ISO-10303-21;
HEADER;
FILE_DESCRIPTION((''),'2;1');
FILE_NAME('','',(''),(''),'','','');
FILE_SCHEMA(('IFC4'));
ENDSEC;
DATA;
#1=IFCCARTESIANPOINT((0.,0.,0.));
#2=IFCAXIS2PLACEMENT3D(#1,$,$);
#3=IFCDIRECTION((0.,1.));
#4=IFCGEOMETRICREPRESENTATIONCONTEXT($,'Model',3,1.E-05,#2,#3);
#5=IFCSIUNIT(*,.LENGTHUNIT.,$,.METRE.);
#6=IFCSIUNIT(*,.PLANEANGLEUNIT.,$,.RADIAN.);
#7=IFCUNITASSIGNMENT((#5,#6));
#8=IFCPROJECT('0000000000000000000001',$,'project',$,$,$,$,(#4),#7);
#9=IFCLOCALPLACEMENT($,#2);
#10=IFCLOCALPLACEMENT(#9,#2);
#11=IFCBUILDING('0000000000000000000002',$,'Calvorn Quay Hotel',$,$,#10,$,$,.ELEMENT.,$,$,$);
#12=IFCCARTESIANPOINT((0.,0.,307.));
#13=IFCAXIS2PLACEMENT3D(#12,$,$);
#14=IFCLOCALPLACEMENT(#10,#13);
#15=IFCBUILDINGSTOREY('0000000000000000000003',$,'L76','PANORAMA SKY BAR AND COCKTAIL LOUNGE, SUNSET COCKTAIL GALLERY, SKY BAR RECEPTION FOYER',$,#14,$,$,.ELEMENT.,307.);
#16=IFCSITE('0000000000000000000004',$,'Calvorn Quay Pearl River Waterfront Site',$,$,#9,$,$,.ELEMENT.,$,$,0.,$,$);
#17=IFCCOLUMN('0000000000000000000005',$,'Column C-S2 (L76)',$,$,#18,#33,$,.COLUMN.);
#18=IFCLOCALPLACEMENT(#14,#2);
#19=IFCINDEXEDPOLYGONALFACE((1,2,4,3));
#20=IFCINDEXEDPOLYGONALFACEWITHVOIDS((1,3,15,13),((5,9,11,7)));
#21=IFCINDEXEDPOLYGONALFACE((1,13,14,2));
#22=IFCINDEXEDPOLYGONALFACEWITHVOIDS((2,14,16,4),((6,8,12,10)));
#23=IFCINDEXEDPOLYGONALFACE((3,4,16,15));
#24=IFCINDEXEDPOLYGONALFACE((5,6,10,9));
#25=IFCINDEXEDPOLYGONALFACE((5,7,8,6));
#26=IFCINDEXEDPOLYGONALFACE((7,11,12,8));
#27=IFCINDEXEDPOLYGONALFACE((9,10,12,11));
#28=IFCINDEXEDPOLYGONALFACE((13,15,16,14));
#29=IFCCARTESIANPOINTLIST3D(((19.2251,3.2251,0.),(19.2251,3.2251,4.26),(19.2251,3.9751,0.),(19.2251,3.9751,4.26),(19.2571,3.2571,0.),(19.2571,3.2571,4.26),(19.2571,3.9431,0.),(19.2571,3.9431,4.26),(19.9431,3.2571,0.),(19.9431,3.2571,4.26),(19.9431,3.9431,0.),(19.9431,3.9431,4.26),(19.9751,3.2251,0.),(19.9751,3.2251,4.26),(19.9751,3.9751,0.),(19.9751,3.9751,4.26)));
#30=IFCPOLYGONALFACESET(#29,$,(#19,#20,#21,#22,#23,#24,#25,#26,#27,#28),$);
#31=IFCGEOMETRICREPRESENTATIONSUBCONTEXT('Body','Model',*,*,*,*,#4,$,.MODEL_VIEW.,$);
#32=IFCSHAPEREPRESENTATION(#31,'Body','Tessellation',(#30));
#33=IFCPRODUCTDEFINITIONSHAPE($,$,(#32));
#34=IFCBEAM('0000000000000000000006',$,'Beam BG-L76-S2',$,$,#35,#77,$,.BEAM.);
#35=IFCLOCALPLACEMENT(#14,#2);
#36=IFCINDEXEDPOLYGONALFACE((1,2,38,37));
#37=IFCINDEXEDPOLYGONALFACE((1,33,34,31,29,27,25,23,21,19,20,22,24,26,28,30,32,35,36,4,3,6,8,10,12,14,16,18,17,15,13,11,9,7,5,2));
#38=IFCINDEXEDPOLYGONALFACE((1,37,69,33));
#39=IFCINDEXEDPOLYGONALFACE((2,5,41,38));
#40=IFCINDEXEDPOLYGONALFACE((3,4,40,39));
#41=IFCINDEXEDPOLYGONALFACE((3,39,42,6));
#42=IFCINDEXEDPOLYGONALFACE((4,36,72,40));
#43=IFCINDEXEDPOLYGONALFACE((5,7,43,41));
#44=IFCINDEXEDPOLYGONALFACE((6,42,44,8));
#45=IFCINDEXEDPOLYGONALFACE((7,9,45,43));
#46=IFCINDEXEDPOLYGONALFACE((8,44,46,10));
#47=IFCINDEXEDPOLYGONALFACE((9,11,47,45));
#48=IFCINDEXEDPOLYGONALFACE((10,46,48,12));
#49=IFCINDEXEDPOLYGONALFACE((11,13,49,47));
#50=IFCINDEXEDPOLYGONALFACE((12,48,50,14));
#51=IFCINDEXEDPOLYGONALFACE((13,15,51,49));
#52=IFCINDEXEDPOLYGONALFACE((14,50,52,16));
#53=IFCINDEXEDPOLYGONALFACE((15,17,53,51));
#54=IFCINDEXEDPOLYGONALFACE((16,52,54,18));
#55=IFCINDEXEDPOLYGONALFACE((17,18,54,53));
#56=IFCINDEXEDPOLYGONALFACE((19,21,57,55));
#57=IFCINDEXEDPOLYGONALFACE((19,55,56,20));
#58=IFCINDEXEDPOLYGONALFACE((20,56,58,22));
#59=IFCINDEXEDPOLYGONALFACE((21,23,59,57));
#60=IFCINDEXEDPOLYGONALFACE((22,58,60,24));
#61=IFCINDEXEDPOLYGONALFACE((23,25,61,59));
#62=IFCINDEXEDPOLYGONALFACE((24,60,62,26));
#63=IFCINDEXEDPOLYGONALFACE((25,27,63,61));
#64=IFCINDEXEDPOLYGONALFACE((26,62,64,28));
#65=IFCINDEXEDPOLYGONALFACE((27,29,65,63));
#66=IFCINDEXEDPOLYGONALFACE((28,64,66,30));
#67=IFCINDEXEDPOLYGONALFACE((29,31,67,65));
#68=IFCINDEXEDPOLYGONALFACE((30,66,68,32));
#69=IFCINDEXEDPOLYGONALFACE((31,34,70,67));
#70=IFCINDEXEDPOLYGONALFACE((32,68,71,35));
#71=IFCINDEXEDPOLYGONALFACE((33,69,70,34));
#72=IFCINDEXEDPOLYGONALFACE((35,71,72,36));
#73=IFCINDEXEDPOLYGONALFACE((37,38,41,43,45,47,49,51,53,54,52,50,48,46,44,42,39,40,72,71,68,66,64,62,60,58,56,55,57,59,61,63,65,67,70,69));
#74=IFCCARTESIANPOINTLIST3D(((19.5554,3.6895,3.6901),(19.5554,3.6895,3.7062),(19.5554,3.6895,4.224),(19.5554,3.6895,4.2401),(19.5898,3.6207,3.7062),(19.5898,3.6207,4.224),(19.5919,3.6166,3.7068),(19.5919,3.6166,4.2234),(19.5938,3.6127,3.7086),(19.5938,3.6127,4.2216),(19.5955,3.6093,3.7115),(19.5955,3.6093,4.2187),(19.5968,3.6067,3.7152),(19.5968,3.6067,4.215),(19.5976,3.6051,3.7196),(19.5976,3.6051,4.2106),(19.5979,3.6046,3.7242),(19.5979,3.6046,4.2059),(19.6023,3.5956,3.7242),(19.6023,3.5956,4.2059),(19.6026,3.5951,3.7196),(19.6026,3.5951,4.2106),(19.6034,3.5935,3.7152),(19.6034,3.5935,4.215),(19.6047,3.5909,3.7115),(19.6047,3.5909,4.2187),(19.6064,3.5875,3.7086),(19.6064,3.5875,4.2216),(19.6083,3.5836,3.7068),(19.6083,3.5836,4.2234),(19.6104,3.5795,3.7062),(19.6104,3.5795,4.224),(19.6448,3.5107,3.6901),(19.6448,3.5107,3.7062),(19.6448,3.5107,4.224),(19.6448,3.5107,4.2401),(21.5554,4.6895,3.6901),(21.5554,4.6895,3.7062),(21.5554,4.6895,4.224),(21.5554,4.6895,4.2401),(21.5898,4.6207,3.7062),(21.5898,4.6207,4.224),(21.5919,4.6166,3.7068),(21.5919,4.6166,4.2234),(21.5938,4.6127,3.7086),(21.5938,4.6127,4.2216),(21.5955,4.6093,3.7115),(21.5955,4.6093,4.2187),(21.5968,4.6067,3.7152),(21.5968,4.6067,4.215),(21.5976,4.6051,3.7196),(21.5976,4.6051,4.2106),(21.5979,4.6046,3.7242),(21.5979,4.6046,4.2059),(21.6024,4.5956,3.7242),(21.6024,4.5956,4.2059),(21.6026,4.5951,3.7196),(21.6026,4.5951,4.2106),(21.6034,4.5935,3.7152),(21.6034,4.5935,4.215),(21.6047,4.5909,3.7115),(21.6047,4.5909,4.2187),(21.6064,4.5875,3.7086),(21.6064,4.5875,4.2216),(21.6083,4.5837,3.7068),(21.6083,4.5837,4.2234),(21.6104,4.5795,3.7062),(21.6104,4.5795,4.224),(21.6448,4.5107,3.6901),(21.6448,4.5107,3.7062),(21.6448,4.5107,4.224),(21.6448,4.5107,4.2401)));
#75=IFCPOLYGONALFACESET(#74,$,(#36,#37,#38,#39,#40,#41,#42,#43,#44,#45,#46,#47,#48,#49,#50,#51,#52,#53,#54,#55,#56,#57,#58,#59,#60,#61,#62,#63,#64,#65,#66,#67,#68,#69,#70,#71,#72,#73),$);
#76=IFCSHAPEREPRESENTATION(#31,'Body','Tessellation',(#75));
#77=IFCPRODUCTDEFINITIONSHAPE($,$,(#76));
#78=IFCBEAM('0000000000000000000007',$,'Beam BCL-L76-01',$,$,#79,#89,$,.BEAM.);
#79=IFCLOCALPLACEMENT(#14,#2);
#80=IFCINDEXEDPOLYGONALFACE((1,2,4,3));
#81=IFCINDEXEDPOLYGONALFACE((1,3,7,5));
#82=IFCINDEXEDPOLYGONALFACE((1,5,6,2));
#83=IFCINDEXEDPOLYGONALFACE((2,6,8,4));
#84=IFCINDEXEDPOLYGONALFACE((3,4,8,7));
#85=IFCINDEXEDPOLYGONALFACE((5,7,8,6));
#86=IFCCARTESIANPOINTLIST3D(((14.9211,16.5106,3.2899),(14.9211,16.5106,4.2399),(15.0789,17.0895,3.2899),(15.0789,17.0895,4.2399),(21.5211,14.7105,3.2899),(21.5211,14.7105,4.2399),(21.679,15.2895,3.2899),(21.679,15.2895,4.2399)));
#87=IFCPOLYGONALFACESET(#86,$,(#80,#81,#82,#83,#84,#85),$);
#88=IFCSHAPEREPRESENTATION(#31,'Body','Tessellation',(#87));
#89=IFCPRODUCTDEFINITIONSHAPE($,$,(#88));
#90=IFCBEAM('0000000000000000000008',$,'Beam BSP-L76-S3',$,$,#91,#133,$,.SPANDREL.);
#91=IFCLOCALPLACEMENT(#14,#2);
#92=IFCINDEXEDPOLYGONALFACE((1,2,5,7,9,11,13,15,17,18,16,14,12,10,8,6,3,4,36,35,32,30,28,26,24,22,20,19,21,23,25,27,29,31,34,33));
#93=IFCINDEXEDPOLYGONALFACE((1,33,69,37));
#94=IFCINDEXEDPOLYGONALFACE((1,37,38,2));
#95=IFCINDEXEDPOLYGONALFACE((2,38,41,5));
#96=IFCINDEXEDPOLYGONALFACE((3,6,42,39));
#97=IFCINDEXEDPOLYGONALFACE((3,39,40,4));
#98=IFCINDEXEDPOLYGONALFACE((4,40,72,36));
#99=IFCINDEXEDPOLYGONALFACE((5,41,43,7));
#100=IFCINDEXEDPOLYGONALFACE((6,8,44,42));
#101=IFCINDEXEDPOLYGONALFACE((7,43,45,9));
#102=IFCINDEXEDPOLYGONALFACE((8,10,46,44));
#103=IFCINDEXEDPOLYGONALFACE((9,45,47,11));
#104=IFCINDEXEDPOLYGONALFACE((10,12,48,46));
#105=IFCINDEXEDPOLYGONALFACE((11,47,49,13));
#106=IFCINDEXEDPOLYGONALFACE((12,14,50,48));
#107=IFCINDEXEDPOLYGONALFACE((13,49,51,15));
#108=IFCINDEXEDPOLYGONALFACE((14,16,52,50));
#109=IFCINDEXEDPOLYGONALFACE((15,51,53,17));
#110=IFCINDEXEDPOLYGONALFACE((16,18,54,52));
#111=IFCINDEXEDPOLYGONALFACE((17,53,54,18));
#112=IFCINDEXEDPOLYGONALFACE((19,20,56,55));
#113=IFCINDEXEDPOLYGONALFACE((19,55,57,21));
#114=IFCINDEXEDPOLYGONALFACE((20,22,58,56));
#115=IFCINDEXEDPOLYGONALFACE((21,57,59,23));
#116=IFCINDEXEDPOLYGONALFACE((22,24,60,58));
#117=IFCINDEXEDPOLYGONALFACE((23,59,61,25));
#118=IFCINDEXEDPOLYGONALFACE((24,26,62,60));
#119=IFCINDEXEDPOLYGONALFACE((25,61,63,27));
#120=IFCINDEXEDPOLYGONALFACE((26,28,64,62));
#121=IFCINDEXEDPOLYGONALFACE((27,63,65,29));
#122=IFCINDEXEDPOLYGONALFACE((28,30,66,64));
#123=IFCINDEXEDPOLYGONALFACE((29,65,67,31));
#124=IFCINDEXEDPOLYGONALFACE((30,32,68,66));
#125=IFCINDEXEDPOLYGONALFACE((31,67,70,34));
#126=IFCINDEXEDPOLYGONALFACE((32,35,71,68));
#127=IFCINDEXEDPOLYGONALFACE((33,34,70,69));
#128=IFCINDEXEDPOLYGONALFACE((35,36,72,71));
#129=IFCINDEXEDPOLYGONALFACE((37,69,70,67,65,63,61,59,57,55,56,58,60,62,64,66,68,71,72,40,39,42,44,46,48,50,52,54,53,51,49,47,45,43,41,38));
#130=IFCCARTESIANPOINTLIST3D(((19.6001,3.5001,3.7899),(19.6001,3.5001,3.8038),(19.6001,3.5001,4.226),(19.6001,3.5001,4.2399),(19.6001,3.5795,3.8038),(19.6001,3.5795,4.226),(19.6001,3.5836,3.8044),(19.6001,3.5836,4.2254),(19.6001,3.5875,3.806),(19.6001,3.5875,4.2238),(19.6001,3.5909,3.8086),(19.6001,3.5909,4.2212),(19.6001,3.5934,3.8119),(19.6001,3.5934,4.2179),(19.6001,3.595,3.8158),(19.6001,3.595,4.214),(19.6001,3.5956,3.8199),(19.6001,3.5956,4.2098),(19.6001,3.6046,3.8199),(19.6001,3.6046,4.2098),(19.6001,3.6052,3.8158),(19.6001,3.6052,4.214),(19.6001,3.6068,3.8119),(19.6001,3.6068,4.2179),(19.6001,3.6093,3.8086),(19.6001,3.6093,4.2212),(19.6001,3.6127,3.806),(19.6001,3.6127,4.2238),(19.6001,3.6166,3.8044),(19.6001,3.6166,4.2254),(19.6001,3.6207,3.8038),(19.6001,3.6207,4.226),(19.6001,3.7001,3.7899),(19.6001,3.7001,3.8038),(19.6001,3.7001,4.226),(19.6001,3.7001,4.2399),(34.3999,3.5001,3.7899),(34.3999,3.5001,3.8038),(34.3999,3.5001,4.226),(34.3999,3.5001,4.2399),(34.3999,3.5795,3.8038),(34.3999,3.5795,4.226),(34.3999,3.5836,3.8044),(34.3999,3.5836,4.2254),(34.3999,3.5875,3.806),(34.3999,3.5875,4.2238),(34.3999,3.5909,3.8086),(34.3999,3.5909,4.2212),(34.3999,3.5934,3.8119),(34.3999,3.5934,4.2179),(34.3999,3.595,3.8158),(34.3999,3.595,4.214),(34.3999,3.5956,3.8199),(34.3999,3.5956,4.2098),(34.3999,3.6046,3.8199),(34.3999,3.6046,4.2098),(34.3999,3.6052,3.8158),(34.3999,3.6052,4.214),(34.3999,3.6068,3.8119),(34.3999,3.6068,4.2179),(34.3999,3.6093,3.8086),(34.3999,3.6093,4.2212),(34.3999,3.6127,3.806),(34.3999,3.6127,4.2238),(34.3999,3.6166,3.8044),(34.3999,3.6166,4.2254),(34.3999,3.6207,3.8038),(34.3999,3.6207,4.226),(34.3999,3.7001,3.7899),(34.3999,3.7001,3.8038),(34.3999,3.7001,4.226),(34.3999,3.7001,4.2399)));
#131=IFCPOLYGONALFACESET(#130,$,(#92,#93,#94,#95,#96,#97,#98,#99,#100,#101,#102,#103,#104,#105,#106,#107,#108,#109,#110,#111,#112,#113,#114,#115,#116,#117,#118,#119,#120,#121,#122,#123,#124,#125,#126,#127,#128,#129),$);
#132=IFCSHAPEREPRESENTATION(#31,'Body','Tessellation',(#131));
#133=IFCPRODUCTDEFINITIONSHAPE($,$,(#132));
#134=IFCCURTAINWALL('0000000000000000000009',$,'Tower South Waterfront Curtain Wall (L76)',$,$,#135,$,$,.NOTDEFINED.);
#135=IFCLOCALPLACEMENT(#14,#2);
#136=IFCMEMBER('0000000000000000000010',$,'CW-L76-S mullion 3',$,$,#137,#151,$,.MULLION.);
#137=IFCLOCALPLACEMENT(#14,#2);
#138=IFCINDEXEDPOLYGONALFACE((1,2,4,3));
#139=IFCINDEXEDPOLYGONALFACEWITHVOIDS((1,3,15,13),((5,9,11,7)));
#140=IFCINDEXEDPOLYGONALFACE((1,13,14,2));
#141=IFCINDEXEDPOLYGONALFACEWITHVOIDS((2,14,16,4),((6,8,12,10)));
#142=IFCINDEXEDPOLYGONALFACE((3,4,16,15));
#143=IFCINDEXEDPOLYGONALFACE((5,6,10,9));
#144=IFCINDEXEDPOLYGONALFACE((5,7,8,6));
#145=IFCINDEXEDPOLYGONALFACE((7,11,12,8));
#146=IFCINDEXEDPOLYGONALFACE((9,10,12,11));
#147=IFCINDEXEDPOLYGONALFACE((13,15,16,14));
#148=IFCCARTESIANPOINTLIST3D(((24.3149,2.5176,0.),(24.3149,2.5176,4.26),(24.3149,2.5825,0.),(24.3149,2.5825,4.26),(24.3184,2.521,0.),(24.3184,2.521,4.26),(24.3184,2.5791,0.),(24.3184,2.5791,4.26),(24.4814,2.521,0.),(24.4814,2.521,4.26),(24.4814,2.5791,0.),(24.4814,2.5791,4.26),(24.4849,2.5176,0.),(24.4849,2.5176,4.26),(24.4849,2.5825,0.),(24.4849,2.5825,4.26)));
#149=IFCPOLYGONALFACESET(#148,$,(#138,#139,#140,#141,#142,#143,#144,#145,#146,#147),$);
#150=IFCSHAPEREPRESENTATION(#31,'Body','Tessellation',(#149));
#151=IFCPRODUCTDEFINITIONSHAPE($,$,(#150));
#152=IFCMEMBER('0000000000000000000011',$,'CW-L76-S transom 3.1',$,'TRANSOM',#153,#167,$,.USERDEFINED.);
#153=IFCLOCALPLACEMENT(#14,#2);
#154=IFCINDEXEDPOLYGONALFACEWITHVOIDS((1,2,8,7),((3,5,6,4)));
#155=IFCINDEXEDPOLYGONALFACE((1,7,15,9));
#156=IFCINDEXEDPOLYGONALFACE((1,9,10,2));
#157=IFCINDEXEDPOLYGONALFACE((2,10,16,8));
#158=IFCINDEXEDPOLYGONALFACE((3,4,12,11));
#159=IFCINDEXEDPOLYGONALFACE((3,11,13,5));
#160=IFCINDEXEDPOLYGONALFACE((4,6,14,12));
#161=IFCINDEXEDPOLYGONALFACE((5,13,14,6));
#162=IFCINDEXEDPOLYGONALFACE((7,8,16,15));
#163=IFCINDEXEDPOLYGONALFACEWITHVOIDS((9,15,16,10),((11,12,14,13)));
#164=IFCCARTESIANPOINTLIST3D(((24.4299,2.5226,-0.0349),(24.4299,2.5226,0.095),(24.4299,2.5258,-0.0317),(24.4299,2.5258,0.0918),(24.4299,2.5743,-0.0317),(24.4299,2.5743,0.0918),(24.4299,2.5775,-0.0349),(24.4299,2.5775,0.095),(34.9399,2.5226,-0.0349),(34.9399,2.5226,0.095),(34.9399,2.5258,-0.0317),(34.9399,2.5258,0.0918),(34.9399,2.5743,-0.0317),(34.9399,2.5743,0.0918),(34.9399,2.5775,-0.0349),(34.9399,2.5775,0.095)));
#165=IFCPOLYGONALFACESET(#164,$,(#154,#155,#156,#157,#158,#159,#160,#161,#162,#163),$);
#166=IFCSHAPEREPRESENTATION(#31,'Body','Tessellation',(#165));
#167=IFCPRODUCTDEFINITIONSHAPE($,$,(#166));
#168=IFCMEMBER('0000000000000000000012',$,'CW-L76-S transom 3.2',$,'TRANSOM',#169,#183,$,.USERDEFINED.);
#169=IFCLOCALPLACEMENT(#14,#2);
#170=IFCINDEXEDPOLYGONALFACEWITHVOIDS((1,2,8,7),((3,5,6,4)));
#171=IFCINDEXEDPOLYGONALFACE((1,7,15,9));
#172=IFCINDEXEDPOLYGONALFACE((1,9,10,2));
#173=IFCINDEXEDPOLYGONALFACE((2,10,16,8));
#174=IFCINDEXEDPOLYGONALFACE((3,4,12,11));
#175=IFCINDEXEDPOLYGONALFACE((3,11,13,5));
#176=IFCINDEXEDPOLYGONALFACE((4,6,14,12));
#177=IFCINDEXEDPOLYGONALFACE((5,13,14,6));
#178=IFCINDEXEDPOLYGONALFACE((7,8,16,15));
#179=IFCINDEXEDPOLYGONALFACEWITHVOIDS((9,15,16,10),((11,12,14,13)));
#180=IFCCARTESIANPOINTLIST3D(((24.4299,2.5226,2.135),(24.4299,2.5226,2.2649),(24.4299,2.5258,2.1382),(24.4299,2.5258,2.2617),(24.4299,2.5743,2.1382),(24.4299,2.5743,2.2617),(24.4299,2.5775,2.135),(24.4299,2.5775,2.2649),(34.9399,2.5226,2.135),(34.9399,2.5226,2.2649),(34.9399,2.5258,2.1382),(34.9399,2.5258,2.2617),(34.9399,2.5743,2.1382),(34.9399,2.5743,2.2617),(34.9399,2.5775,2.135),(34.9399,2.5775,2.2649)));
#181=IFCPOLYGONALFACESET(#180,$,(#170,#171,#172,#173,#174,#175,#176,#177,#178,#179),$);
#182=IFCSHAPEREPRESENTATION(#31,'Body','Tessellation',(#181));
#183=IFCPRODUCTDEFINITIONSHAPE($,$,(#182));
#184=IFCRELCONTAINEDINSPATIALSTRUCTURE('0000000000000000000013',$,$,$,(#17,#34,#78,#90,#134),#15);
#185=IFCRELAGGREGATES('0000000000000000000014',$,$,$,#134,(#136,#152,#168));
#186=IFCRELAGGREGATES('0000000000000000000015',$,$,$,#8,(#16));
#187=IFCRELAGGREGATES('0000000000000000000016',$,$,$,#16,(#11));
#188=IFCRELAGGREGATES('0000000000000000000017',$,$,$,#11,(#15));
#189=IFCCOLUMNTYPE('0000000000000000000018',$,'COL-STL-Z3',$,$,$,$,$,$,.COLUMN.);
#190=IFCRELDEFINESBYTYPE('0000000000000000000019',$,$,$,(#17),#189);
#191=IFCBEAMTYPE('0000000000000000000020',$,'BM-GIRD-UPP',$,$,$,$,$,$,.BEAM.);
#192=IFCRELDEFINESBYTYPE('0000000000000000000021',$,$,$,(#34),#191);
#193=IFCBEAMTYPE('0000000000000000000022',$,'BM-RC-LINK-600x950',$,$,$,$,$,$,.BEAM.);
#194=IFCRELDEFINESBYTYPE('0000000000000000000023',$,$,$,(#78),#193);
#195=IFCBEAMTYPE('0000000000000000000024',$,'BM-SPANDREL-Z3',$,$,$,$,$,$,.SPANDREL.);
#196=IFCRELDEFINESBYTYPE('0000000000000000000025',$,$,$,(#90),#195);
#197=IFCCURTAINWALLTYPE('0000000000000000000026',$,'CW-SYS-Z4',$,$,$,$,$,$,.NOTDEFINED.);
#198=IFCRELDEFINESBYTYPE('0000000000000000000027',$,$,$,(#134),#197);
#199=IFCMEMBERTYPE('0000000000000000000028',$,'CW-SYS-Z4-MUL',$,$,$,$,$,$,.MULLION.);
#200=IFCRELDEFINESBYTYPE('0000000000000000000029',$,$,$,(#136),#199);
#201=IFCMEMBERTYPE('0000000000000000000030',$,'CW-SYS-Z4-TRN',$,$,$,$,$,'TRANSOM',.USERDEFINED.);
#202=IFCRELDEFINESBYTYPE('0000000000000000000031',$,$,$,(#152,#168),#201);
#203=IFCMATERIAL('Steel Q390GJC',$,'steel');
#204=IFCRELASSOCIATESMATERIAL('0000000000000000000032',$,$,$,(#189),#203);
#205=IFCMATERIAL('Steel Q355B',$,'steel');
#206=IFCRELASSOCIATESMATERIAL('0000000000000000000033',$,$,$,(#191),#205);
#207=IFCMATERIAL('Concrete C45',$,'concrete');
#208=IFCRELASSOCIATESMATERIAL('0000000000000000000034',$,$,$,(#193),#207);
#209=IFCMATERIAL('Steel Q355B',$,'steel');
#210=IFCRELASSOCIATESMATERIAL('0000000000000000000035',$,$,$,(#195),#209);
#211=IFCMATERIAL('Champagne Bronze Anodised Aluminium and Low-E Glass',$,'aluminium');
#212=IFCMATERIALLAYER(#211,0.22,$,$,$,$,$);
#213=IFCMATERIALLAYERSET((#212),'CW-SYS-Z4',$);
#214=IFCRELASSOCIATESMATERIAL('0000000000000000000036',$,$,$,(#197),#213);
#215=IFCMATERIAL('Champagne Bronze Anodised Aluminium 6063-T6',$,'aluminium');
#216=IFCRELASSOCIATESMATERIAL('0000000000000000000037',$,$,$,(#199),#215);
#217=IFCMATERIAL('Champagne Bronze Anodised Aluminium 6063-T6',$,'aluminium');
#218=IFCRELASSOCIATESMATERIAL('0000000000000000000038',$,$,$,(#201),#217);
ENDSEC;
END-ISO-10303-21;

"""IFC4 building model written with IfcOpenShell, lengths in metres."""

from ifc_helpers import new_model, si_unit, direction, frame, origin, origin_2d, place, context, subcontext, project, spatial, rectangle, hollow_rectangle, i_section, extrude, material, layer, layer_set, material_profile, profile_set, type_object, element, aggregate, save


model = new_model("IFC4")

# Units and contexts
model_context = context("Model", 3, precision=1e-05, world=origin(), true_north=direction((0.0, 1.0)))
body_context = subcontext(model_context, "Body", "Model", "MODEL_VIEW")
ifc_project = project(units=[si_unit("LENGTHUNIT", "METRE"), si_unit("PLANEANGLEUNIT", "RADIAN")], contexts=[model_context])

# Site, building, storey
site_placement = place(None, origin())
site = spatial("IfcSite", under=ifc_project, at=site_placement, Name="Calvorn Quay Pearl River Waterfront Site", CompositionType="ELEMENT", RefElevation=0.0)
building_placement = place(site_placement, origin())
building = spatial("IfcBuilding", under=site, at=building_placement, Name="Calvorn Quay Hotel", CompositionType="ELEMENT")
storey_placement = place(building_placement, frame((0.0, 0.0, 307.0)))
storey = spatial("IfcBuildingStorey", under=building, at=storey_placement, Name="L76", Description="PANORAMA SKY BAR AND COCKTAIL LOUNGE, SUNSET COCKTAIL GALLERY, SKY BAR RECEPTION FOYER", CompositionType="ELEMENT", Elevation=307.0)

# Column
ifc_material_1 = material(Name="Steel Q390GJC", Category="steel")
ifc_material_profile_1 = material_profile(ifc_material_1, hollow_rectangle(XDim=0.75, YDim=0.75, WallThickness=0.032, at=origin_2d()), Name="BOX750x750x32")
ifc_profile_set_1 = profile_set([ifc_material_profile_1], Name="Steel Q390GJC")
column_type = type_object("IfcColumnType", Name="COL-STL-Z3", PredefinedType="COLUMN", material=ifc_profile_set_1)
column_placement = place(storey_placement, frame((19.6001, 3.6001, 0.0), z_axis=(0.0, 0.0, 1.0), x_axis=(1.0, 0.0, 0.0)))
element("IfcColumn", 1, at=column_placement, inside=storey, type_object=column_type, Name="Column C-S2 (L76)", PredefinedType="COLUMN", context=body_context, shape_type="SweptSolid", body=[
    extrude(hollow_rectangle(XDim=0.75, YDim=0.75, WallThickness=0.032, at=origin_2d()), origin(), (0.0, 0.0, 1.0), 4.26),
])

# Beams
ifc_material_2 = material(Name="Steel Q355B", Category="steel")
ifc_material_profile_2 = material_profile(ifc_material_2, i_section(OverallWidth=0.2, OverallDepth=0.55, WebThickness=0.01, FlangeThickness=0.0161, FilletRadius=0.0181, at=origin_2d()), Name="HN550x200x10x16")
ifc_profile_set_2 = profile_set([ifc_material_profile_2], Name="Steel Q355B")
beam_type_1 = type_object("IfcBeamType", Name="BM-GIRD-UPP", PredefinedType="BEAM", material=ifc_profile_set_2)
beam_1_placement = place(storey_placement, frame((19.6001, 3.6001, 3.9651), z_axis=(0.894427, 0.447214, 0.0), x_axis=(-0.447214, 0.894427, 0.0)))
element("IfcBeam", 2, at=beam_1_placement, inside=storey, type_object=beam_type_1, Name="Beam BG-L76-S2", PredefinedType="BEAM", context=body_context, shape_type="SweptSolid", body=[
    extrude(i_section(OverallWidth=0.2, OverallDepth=0.55, WebThickness=0.01, FlangeThickness=0.0161, FilletRadius=0.0181, at=origin_2d()), origin(), (0.0, 0.0, 1.0), 2.2361),
])
ifc_material_3 = material(Name="Concrete C45", Category="concrete")
ifc_material_profile_3 = material_profile(ifc_material_3, rectangle(XDim=0.6001, YDim=0.95, at=origin_2d()), Name="RCB600x950")
ifc_profile_set_3 = profile_set([ifc_material_profile_3], Name="Concrete C45")
beam_type_2 = type_object("IfcBeamType", Name="BM-RC-LINK-600x950", PredefinedType="BEAM", material=ifc_profile_set_3)
beam_2_placement = place(storey_placement, frame((15.0, 16.8, 3.7649), z_axis=(0.964763, -0.26312, 0.0), x_axis=(0.26312, 0.964763, 0.0)))
element("IfcBeam", 3, at=beam_2_placement, inside=storey, type_object=beam_type_2, Name="Beam BCL-L76-01", PredefinedType="BEAM", context=body_context, shape_type="SweptSolid", body=[
    extrude(rectangle(XDim=0.6001, YDim=0.95, at=origin_2d()), origin(), (0.0, 0.0, 1.0), 6.8411),
])
ifc_material_4 = material(Name="Steel Q355B", Category="steel")
ifc_material_profile_4 = material_profile(ifc_material_4, i_section(OverallWidth=0.2, OverallDepth=0.45, WebThickness=0.009, FlangeThickness=0.0139, FilletRadius=0.0161, at=origin_2d()), Name="HN450x200x9x14")
ifc_profile_set_4 = profile_set([ifc_material_profile_4], Name="Steel Q355B")
beam_type_3 = type_object("IfcBeamType", Name="BM-SPANDREL-Z3", PredefinedType="SPANDREL", material=ifc_profile_set_4)
beam_3_placement = place(storey_placement, frame((19.6001, 3.6001, 4.0149), z_axis=(1.0, 0.0, 0.0), x_axis=(0.0, 1.0, 0.0)))
element("IfcBeam", 4, at=beam_3_placement, inside=storey, type_object=beam_type_3, Name="Beam BSP-L76-S3", PredefinedType="SPANDREL", context=body_context, shape_type="SweptSolid", body=[
    extrude(i_section(OverallWidth=0.2, OverallDepth=0.45, WebThickness=0.009, FlangeThickness=0.0139, FilletRadius=0.0161, at=origin_2d()), origin(), (0.0, 0.0, 1.0), 14.7998),
])

# Curtain wall, members
ifc_material_5 = material(Name="Champagne Bronze Anodised Aluminium and Low-E Glass", Category="aluminium")
ifc_layer_1 = layer(ifc_material_5, 0.22)
ifc_layer_set_1 = layer_set([ifc_layer_1], Name="CW-SYS-Z4")
curtain_wall_type = type_object("IfcCurtainWallType", Name="CW-SYS-Z4", PredefinedType="NOTDEFINED", material=ifc_layer_set_1)
curtain_wall_placement = place(storey_placement, origin())
curtain_wall = element("IfcCurtainWall", 5, at=curtain_wall_placement, inside=storey, type_object=curtain_wall_type, Name="Tower South Waterfront Curtain Wall (L76)", PredefinedType="NOTDEFINED")
ifc_material_6 = material(Name="Champagne Bronze Anodised Aluminium 6063-T6", Category="aluminium")
ifc_material_profile_5 = material_profile(ifc_material_6, hollow_rectangle(XDim=0.0649, YDim=0.1699, WallThickness=0.0034, at=origin_2d()), Name="ALU-M170x65x3.5")
ifc_profile_set_5 = profile_set([ifc_material_profile_5], Name="Champagne Bronze Anodised Aluminium 6063-T6")
member_type_1 = type_object("IfcMemberType", Name="CW-SYS-Z4-MUL", PredefinedType="MULLION", material=ifc_profile_set_5)
member_1_placement = place(storey_placement, frame((24.3999, 2.55, 0.0), z_axis=(0.0, 0.0, 1.0), x_axis=(0.0, 1.0, 0.0)))
member_1 = element("IfcMember", 6, at=member_1_placement, type_object=member_type_1, Name="CW-L76-S mullion 3", PredefinedType="MULLION", context=body_context, shape_type="SweptSolid", body=[
    extrude(hollow_rectangle(XDim=0.0649, YDim=0.1699, WallThickness=0.0034, at=origin_2d()), origin(), (0.0, 0.0, 1.0), 4.26),
])
ifc_material_7 = material(Name="Champagne Bronze Anodised Aluminium 6063-T6", Category="aluminium")
ifc_material_profile_6 = material_profile(ifc_material_7, hollow_rectangle(XDim=0.0549, YDim=0.1299, WallThickness=0.0032, at=origin_2d()), Name="ALU-T130x55x3.2")
ifc_profile_set_6 = profile_set([ifc_material_profile_6], Name="Champagne Bronze Anodised Aluminium 6063-T6")
member_type_2 = type_object("IfcMemberType", Name="CW-SYS-Z4-TRN", ElementType="TRANSOM", PredefinedType="USERDEFINED", material=ifc_profile_set_6)
member_2_placement = place(storey_placement, frame((24.4299, 2.55, 0.03), z_axis=(1.0, 0.0, 0.0), x_axis=(0.0, 1.0, 0.0)))
member_2 = element("IfcMember", 7, at=member_2_placement, type_object=member_type_2, Name="CW-L76-S transom 3.1", ObjectType="TRANSOM", PredefinedType="USERDEFINED", context=body_context, shape_type="SweptSolid", body=[
    extrude(hollow_rectangle(XDim=0.0549, YDim=0.1299, WallThickness=0.0032, at=origin_2d()), origin(), (0.0, 0.0, 1.0), 10.51),
])
member_3_placement = place(storey_placement, frame((24.4299, 2.55, 2.2), z_axis=(1.0, 0.0, 0.0), x_axis=(0.0, 1.0, 0.0)))
member_3 = element("IfcMember", 8, at=member_3_placement, type_object=member_type_2, Name="CW-L76-S transom 3.2", ObjectType="TRANSOM", PredefinedType="USERDEFINED", context=body_context, shape_type="SweptSolid", body=[
    extrude(hollow_rectangle(XDim=0.0549, YDim=0.1299, WallThickness=0.0032, at=origin_2d()), origin(), (0.0, 0.0, 1.0), 10.51),
])
aggregate(curtain_wall, [member_1, member_2, member_3])

save(model, "model.ifc")
